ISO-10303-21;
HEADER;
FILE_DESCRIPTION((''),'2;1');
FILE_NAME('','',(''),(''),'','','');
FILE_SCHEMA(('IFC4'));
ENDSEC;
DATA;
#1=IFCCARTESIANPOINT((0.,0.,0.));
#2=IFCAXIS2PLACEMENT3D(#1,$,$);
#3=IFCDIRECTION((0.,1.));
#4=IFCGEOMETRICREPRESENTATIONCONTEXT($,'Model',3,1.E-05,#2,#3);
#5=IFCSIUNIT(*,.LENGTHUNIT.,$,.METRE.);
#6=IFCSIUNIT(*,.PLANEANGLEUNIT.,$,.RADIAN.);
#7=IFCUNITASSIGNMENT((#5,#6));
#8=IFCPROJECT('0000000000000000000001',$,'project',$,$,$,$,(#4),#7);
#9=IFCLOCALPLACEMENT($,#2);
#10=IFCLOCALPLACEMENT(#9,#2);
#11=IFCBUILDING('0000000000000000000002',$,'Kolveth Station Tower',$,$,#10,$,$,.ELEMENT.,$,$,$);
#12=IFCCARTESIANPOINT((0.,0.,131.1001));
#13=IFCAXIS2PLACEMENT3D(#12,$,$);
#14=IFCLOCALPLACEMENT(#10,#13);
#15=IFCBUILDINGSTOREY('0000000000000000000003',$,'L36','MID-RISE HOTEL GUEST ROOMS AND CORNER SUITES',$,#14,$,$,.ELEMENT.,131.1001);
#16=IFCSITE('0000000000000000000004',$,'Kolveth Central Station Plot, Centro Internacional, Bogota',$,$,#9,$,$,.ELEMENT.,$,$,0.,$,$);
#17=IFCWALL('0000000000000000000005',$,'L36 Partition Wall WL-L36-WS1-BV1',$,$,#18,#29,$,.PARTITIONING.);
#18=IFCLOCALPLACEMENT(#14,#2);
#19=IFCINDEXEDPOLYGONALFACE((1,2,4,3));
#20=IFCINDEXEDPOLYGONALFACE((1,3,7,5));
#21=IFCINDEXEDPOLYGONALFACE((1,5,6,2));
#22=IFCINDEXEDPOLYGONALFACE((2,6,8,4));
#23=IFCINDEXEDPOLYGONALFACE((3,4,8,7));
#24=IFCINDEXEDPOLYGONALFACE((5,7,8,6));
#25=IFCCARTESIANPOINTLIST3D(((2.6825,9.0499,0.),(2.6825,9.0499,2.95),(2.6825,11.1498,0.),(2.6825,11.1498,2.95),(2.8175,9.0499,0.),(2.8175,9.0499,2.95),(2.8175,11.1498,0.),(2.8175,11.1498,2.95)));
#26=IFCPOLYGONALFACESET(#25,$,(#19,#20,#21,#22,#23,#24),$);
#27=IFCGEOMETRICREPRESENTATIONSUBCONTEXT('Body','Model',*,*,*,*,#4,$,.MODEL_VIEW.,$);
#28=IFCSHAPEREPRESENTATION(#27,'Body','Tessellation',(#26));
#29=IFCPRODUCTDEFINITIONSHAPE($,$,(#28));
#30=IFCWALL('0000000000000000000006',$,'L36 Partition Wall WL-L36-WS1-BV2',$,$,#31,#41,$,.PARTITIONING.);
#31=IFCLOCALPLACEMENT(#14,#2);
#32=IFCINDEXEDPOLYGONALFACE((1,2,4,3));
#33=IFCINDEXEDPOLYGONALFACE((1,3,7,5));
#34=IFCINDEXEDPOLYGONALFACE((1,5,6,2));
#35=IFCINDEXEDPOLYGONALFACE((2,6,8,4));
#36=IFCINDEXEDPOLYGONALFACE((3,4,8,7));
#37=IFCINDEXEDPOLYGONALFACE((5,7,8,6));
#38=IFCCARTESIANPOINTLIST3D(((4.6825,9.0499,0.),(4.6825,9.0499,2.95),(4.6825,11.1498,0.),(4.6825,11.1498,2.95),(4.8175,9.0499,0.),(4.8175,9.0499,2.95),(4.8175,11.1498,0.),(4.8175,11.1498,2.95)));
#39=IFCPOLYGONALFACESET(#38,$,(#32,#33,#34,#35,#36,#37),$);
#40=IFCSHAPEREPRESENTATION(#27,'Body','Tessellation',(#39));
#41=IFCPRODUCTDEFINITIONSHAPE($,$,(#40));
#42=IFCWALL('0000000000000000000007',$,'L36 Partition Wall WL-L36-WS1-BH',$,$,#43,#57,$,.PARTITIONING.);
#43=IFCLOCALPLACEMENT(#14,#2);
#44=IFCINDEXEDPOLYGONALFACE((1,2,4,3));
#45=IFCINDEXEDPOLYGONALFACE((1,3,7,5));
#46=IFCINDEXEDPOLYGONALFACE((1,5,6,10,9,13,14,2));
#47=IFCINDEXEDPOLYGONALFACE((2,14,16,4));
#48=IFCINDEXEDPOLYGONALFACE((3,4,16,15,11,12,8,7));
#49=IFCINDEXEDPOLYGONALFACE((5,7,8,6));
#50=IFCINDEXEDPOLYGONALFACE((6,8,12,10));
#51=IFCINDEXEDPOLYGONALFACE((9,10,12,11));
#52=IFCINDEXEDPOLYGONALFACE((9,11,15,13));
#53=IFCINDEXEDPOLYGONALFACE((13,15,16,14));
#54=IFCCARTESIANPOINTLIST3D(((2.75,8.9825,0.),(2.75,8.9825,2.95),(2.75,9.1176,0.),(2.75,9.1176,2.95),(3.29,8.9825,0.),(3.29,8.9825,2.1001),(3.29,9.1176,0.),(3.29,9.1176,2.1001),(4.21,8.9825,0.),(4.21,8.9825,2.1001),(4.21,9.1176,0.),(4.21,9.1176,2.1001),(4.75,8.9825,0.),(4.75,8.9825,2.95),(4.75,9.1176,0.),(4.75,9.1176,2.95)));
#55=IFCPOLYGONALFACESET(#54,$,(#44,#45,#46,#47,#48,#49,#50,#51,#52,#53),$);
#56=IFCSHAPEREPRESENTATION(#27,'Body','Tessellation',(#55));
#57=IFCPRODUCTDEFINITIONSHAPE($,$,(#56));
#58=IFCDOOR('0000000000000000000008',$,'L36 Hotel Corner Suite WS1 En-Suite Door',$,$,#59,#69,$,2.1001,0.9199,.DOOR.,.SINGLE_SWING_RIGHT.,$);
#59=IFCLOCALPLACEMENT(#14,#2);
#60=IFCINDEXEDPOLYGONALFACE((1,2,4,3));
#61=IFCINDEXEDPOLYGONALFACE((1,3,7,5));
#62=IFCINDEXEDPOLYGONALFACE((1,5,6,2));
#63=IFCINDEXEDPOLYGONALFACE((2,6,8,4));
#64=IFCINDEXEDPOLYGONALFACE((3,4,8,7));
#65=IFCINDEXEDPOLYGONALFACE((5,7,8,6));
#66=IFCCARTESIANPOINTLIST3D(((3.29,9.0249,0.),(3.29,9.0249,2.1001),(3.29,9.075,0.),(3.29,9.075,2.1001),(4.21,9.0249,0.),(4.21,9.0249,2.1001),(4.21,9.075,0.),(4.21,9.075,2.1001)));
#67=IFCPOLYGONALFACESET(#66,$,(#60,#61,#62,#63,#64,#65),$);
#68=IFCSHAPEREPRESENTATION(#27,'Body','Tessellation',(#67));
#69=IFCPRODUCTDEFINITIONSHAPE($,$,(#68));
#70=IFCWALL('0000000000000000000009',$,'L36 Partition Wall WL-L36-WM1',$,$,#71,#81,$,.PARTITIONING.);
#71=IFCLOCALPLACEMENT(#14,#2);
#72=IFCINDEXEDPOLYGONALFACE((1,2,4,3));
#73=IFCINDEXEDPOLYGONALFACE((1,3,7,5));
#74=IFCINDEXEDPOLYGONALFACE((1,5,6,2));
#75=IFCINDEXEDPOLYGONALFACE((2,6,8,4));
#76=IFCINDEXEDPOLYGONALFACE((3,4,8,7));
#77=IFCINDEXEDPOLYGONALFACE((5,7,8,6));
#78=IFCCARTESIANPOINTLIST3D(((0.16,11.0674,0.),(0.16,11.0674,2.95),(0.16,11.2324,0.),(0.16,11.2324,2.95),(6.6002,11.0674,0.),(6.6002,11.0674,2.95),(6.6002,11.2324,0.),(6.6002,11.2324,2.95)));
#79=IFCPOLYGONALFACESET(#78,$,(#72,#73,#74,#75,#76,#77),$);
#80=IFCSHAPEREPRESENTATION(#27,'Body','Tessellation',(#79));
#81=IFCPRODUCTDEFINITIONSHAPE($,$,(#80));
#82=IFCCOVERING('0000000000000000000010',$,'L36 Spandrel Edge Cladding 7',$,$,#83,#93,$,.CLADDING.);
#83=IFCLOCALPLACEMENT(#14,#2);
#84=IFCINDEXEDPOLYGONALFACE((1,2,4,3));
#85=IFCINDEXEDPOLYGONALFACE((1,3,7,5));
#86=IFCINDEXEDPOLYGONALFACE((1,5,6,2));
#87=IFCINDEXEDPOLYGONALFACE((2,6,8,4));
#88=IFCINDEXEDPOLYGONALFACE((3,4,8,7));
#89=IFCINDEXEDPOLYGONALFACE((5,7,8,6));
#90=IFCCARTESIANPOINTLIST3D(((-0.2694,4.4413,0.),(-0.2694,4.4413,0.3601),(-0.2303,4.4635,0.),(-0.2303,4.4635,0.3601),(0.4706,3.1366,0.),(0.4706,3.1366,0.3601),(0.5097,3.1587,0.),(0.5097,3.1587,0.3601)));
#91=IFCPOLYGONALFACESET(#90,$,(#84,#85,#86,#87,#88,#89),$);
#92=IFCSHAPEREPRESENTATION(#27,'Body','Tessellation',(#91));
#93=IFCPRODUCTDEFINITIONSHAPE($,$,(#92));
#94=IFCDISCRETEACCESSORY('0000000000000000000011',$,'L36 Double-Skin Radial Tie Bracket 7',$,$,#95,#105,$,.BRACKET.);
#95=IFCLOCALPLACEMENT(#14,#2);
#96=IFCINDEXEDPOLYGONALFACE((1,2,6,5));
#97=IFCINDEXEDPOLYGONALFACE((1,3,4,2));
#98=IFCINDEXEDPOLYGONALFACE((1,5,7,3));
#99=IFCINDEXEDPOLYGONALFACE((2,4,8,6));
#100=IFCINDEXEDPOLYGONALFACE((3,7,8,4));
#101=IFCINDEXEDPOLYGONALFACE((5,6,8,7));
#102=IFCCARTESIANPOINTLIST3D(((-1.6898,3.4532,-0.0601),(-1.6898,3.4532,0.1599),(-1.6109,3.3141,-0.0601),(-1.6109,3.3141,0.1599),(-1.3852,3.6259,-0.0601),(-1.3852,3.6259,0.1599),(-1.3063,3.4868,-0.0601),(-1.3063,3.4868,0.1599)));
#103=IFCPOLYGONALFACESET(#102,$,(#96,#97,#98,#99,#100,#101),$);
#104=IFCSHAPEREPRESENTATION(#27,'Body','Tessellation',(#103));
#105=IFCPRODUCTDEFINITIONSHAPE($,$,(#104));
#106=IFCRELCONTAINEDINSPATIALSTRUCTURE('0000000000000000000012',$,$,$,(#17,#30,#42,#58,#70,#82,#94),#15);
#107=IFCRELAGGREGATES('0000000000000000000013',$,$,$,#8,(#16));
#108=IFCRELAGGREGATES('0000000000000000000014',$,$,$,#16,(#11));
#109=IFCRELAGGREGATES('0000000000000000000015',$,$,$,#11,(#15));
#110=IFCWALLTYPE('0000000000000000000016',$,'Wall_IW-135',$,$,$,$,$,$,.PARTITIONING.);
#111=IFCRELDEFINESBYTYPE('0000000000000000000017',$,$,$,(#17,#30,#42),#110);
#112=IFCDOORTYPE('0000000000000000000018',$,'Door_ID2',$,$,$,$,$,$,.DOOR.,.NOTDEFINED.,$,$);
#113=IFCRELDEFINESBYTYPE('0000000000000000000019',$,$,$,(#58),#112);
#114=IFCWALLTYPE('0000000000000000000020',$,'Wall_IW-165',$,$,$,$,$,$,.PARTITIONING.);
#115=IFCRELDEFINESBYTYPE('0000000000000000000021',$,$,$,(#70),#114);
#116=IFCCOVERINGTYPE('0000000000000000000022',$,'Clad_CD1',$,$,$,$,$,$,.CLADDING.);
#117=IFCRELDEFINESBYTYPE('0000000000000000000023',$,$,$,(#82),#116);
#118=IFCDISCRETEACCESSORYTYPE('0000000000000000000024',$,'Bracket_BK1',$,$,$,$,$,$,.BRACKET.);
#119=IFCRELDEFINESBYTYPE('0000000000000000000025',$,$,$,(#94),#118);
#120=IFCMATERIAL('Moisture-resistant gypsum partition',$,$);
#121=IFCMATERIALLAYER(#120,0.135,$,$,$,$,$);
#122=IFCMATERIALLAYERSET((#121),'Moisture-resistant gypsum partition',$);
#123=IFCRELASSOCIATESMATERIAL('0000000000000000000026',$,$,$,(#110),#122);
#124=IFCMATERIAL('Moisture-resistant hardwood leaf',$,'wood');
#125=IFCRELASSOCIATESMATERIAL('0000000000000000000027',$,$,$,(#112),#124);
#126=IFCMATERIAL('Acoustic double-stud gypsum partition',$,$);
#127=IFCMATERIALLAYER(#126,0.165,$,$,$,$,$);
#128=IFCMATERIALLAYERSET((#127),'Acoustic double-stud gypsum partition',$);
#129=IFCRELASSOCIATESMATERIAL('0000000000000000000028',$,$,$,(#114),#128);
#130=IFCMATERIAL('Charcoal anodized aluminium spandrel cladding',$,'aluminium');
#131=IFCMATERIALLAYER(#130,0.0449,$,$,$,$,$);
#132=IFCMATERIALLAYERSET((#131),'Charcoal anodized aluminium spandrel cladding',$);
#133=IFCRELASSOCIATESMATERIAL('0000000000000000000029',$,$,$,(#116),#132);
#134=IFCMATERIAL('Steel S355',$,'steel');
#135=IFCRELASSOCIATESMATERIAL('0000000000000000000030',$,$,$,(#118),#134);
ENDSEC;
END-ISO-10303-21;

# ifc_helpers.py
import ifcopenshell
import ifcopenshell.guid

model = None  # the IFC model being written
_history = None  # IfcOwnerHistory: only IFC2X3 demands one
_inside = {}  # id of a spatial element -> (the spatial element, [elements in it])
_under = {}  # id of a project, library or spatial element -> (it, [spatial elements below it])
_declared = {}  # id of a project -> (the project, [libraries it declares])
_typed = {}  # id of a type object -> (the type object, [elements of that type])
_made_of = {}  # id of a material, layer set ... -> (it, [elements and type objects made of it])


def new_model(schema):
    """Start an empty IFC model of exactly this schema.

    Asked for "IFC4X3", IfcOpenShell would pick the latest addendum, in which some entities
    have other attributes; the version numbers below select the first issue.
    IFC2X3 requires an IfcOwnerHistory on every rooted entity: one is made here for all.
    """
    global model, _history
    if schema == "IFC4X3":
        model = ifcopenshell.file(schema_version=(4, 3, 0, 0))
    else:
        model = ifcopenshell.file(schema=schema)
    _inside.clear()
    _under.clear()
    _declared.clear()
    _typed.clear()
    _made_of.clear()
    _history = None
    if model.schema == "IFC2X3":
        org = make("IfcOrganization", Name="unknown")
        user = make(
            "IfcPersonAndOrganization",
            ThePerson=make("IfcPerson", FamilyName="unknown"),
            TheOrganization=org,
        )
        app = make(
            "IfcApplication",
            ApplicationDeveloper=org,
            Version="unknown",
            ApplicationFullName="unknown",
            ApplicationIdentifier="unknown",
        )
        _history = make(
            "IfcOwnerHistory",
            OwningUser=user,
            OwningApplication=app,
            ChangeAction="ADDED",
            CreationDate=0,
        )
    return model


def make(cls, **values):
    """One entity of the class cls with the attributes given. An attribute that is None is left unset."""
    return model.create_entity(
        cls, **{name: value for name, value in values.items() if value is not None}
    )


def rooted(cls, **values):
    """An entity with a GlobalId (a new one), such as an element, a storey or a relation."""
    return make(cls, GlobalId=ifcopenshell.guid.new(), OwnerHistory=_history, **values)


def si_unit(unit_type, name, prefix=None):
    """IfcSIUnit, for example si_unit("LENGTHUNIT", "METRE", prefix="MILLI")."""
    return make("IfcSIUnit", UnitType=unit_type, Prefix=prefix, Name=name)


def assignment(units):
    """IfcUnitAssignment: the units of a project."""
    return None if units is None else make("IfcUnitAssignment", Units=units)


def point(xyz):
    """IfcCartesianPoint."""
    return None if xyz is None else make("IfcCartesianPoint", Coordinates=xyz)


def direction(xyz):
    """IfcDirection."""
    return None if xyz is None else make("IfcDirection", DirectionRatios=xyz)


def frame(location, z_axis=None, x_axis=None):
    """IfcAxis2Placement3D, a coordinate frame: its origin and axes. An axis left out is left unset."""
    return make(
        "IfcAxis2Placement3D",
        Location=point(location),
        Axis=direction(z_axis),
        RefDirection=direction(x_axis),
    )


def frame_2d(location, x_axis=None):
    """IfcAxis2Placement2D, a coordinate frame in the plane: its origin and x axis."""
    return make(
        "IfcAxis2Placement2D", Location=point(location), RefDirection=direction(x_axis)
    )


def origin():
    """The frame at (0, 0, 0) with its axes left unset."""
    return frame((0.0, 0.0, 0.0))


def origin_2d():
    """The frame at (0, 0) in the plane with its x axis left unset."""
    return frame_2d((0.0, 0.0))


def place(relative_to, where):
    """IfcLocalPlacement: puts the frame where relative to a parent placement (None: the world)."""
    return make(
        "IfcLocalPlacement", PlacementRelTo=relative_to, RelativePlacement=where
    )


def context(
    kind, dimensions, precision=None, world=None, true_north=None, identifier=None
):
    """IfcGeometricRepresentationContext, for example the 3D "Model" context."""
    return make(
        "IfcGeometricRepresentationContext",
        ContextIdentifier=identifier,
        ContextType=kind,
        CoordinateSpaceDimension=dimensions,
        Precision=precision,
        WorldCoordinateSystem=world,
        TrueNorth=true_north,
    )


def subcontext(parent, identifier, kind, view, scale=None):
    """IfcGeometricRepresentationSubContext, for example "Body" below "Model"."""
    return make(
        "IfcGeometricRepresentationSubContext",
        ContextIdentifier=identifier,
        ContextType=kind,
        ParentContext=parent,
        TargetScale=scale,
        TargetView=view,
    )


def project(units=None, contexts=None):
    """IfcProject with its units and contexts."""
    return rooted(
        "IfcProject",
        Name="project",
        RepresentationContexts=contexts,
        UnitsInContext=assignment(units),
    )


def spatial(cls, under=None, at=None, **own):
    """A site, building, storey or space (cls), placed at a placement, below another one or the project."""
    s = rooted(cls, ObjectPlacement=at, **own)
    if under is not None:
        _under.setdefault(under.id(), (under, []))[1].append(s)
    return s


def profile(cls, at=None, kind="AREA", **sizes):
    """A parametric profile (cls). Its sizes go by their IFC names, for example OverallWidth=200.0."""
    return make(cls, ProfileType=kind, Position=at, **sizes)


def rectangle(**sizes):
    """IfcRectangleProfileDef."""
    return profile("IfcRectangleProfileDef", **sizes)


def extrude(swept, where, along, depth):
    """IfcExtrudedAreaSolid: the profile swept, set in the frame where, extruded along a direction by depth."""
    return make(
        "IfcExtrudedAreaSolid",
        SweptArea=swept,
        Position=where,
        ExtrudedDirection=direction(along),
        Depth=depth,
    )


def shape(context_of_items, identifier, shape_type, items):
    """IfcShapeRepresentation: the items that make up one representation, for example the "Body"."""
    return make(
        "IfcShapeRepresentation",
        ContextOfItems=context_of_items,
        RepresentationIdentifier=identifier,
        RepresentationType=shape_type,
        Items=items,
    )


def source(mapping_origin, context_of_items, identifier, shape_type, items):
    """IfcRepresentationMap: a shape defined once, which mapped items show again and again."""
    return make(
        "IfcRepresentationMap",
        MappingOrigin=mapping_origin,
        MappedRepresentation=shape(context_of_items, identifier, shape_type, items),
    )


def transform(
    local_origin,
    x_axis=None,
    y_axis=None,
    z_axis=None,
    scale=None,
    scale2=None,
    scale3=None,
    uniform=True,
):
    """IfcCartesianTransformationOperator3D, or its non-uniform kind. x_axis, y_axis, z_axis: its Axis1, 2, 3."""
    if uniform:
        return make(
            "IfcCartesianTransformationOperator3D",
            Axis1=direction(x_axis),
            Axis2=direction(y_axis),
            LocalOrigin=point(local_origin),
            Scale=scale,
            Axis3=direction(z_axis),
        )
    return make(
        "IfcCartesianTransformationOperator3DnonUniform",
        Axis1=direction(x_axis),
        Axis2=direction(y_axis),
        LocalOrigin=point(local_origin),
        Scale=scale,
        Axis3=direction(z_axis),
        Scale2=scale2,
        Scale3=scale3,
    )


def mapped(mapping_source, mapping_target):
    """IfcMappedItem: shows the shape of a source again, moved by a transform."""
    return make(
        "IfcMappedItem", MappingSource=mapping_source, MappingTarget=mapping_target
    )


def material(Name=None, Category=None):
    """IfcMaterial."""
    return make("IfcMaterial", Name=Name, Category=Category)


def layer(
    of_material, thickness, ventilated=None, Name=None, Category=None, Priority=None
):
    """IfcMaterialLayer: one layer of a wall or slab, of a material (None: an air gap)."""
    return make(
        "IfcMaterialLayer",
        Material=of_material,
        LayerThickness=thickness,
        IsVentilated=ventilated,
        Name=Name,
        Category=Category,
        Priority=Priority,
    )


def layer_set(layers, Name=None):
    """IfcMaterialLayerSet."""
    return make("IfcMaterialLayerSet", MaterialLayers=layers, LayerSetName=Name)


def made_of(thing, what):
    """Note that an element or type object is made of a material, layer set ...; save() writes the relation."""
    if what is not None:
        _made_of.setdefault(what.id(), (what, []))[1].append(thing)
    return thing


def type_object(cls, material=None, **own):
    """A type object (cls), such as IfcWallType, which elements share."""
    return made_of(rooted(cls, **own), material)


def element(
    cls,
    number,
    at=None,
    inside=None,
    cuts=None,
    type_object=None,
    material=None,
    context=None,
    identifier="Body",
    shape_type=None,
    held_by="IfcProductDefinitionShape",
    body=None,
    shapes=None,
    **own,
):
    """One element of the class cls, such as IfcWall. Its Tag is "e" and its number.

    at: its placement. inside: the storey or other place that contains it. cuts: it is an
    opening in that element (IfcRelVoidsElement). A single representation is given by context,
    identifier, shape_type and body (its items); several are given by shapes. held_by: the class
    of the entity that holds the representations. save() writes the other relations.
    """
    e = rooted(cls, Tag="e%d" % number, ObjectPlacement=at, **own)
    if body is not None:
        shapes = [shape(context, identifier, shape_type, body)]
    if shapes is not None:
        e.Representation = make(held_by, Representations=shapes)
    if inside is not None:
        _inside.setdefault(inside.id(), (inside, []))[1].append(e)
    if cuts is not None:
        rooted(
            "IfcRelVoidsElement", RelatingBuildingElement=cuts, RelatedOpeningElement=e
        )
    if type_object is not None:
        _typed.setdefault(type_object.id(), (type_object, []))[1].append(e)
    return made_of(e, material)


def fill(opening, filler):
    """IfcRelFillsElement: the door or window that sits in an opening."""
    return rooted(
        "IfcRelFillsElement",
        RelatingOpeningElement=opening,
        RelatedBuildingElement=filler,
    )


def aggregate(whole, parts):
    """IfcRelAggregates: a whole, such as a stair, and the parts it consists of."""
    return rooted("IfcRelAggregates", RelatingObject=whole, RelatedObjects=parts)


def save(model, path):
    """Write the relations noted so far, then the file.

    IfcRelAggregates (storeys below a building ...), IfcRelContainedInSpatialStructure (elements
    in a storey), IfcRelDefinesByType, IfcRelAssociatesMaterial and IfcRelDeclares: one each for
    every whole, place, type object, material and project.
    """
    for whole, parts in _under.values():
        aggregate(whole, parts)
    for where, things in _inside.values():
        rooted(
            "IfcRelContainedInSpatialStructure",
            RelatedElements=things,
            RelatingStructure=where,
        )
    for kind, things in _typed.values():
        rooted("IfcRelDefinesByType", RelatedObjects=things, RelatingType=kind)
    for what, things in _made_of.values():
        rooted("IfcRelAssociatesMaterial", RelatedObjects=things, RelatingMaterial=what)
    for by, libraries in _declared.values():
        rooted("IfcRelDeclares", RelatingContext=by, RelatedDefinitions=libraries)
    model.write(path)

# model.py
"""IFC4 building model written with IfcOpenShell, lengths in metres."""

from ifc_helpers import new_model, si_unit, direction, frame, frame_2d, origin, origin_2d, place, context, subcontext, project, spatial, rectangle, extrude, source, transform, mapped, material, layer, layer_set, type_object, element, fill, save


model = new_model("IFC4")

# Units and contexts
model_context = context("Model", 3, precision=1e-05, world=origin(), true_north=direction((0.0, 1.0)))
body_context = subcontext(model_context, "Body", "Model", "MODEL_VIEW")
ifc_project = project(units=[si_unit("LENGTHUNIT", "METRE"), si_unit("PLANEANGLEUNIT", "RADIAN")], contexts=[model_context])

# Site, building, storey
site_placement = place(None, origin())
site = spatial("IfcSite", under=ifc_project, at=site_placement, Name="Kolveth Central Station Plot, Centro Internacional, Bogota", CompositionType="ELEMENT", RefElevation=0.0)
building_placement = place(site_placement, origin())
building = spatial("IfcBuilding", under=site, at=building_placement, Name="Kolveth Station Tower", CompositionType="ELEMENT")
storey_placement = place(building_placement, frame((0.0, 0.0, 131.1001)))
storey = spatial("IfcBuildingStorey", under=building, at=storey_placement, Name="L36", Description="MID-RISE HOTEL GUEST ROOMS AND CORNER SUITES", CompositionType="ELEMENT", Elevation=131.1001)

# Shared definitions
ifc_material_1 = material(Name="Steel S355", Category="steel")

# Walls
ifc_material_2 = material(Name="Moisture-resistant gypsum partition")
ifc_layer_1 = layer(ifc_material_2, 0.135)
ifc_layer_set_1 = layer_set([ifc_layer_1], Name="Moisture-resistant gypsum partition")
wall_type_1 = type_object("IfcWallType", Name="Wall_IW-135", PredefinedType="PARTITIONING", material=ifc_layer_set_1)
for number, where, z_axis, x_axis, name in (
    (1, (2.75, 9.05, 0.0), (0.0, 0.0, 1.0), (0.0, 1.0, 0.0), "L36 Partition Wall WL-L36-WS1-BV1"),
    (2, (4.75, 9.05, 0.0), (0.0, 0.0, 1.0), (0.0, 1.0, 0.0), "L36 Partition Wall WL-L36-WS1-BV2"),
):
    element("IfcWall", number, at=place(storey_placement, frame(where, z_axis=z_axis, x_axis=x_axis)), inside=storey, type_object=wall_type_1, Name=name, PredefinedType="PARTITIONING", context=body_context, shape_type="SweptSolid", body=[
        extrude(rectangle(XDim=2.0999, YDim=0.135, at=frame_2d((1.0498, 0.0))), origin(), (0.0, 0.0, 1.0), 2.95),
    ])

# Wall, opening, door
wall_1_placement = place(storey_placement, frame((2.75, 9.05, 0.0), z_axis=(0.0, 0.0, 1.0), x_axis=(1.0, 0.0, 0.0)))
wall_1 = element("IfcWall", 3, at=wall_1_placement, inside=storey, type_object=wall_type_1, Name="L36 Partition Wall WL-L36-WS1-BH", PredefinedType="PARTITIONING", context=body_context, shape_type="SweptSolid", body=[
    extrude(rectangle(XDim=2.0, YDim=0.135, at=frame_2d((1.0, 0.0))), origin(), (0.0, 0.0, 1.0), 2.95),
])
opening_placement = place(wall_1_placement, frame((0.54, 0.0, 0.0)))
opening = element("IfcOpeningElement", 4, at=opening_placement, cuts=wall_1, PredefinedType="OPENING", context=body_context, shape_type="SweptSolid", body=[
    extrude(rectangle(XDim=0.9199, YDim=2.1001, at=frame_2d((0.46, 1.05))), frame((0.0, 0.0774, 0.0), z_axis=(0.0, -1.0, 0.0), x_axis=(1.0, 0.0, 0.0)), (0.0, 0.0, 1.0), 0.155),
])
ifc_material_3 = material(Name="Moisture-resistant hardwood leaf", Category="wood")
door_type = type_object("IfcDoorType", Name="Door_ID2", OperationType="NOTDEFINED", PredefinedType="DOOR", material=ifc_material_3)
door_placement = place(opening_placement, origin())
door = element("IfcDoor", 5, at=door_placement, inside=storey, type_object=door_type, Name="L36 Hotel Corner Suite WS1 En-Suite Door", OperationType="SINGLE_SWING_RIGHT", OverallHeight=2.1001, OverallWidth=0.9199, PredefinedType="DOOR", context=body_context, shape_type="SweptSolid", body=[
    extrude(rectangle(XDim=0.9199, YDim=2.1001, at=frame_2d((0.46, 1.05))), frame((0.0, 0.0249, 0.0), z_axis=(0.0, -1.0, 0.0), x_axis=(1.0, 0.0, 0.0)), (0.0, 0.0, 1.0), 0.05),
])
fill(opening, door)

# Wall
ifc_material_4 = material(Name="Acoustic double-stud gypsum partition")
ifc_layer_2 = layer(ifc_material_4, 0.165)
ifc_layer_set_2 = layer_set([ifc_layer_2], Name="Acoustic double-stud gypsum partition")
wall_type_2 = type_object("IfcWallType", Name="Wall_IW-165", PredefinedType="PARTITIONING", material=ifc_layer_set_2)
wall_2_placement = place(storey_placement, frame((0.1599, 11.1499, 0.0), z_axis=(0.0, 0.0, 1.0), x_axis=(1.0, 0.0, 0.0)))
element("IfcWall", 6, at=wall_2_placement, inside=storey, type_object=wall_type_2, Name="L36 Partition Wall WL-L36-WM1", PredefinedType="PARTITIONING", context=body_context, shape_type="SweptSolid", body=[
    extrude(rectangle(XDim=6.4402, YDim=0.165, at=frame_2d((3.2202, 0.0))), origin(), (0.0, 0.0, 1.0), 2.95),
])

# Covering
ifc_material_5 = material(Name="Charcoal anodized aluminium spandrel cladding", Category="aluminium")
ifc_layer_3 = layer(ifc_material_5, 0.0449)
ifc_layer_set_3 = layer_set([ifc_layer_3], Name="Charcoal anodized aluminium spandrel cladding")
covering_type = type_object("IfcCoveringType", Name="Clad_CD1", PredefinedType="CLADDING", material=ifc_layer_set_3)
shared_shape_1 = source(origin(), body_context, "Body", "SweptSolid", [
    extrude(rectangle(XDim=1.5, YDim=0.0449, at=origin_2d()), origin(), (0.0, 0.0, 1.0), 0.3601),
])
covering_placement = place(storey_placement, frame((0.1201, 3.8, 0.0), z_axis=(0.0, 0.0, 1.0), x_axis=(0.493335, -0.86984, 0.0)))
element("IfcCovering", 7, at=covering_placement, inside=storey, type_object=covering_type, Name="L36 Spandrel Edge Cladding 7", PredefinedType="CLADDING", context=body_context, shape_type="MappedRepresentation", body=[
    mapped(shared_shape_1, transform((0.0, 0.0, 0.0), x_axis=(1.0, 0.0, 0.0), y_axis=(0.0, 1.0, 0.0), z_axis=(0.0, 0.0, 1.0), scale=1.0)),
])

# Discrete accessory
discrete_accessory_type = type_object("IfcDiscreteAccessoryType", Name="Bracket_BK1", PredefinedType="BRACKET", material=ifc_material_1)
shared_shape_2 = source(origin(), body_context, "Body", "SweptSolid", [
    extrude(rectangle(XDim=0.3501, YDim=0.1599, at=origin_2d()), origin(), (0.0, 0.0, 1.0), 0.22),
])
discrete_accessory_placement = place(storey_placement, frame((-1.498, 3.47, -0.0601), z_axis=(0.0, 0.0, 1.0), x_axis=(-0.86984, -0.493335, 0.0)))
element("IfcDiscreteAccessory", 8, at=discrete_accessory_placement, inside=storey, type_object=discrete_accessory_type, Name="L36 Double-Skin Radial Tie Bracket 7", PredefinedType="BRACKET", context=body_context, shape_type="MappedRepresentation", body=[
    mapped(shared_shape_2, transform((0.0, 0.0, 0.0), x_axis=(1.0, 0.0, 0.0), y_axis=(0.0, 1.0, 0.0), z_axis=(0.0, 0.0, 1.0), scale=1.0)),
])

save(model, "model.ifc")
